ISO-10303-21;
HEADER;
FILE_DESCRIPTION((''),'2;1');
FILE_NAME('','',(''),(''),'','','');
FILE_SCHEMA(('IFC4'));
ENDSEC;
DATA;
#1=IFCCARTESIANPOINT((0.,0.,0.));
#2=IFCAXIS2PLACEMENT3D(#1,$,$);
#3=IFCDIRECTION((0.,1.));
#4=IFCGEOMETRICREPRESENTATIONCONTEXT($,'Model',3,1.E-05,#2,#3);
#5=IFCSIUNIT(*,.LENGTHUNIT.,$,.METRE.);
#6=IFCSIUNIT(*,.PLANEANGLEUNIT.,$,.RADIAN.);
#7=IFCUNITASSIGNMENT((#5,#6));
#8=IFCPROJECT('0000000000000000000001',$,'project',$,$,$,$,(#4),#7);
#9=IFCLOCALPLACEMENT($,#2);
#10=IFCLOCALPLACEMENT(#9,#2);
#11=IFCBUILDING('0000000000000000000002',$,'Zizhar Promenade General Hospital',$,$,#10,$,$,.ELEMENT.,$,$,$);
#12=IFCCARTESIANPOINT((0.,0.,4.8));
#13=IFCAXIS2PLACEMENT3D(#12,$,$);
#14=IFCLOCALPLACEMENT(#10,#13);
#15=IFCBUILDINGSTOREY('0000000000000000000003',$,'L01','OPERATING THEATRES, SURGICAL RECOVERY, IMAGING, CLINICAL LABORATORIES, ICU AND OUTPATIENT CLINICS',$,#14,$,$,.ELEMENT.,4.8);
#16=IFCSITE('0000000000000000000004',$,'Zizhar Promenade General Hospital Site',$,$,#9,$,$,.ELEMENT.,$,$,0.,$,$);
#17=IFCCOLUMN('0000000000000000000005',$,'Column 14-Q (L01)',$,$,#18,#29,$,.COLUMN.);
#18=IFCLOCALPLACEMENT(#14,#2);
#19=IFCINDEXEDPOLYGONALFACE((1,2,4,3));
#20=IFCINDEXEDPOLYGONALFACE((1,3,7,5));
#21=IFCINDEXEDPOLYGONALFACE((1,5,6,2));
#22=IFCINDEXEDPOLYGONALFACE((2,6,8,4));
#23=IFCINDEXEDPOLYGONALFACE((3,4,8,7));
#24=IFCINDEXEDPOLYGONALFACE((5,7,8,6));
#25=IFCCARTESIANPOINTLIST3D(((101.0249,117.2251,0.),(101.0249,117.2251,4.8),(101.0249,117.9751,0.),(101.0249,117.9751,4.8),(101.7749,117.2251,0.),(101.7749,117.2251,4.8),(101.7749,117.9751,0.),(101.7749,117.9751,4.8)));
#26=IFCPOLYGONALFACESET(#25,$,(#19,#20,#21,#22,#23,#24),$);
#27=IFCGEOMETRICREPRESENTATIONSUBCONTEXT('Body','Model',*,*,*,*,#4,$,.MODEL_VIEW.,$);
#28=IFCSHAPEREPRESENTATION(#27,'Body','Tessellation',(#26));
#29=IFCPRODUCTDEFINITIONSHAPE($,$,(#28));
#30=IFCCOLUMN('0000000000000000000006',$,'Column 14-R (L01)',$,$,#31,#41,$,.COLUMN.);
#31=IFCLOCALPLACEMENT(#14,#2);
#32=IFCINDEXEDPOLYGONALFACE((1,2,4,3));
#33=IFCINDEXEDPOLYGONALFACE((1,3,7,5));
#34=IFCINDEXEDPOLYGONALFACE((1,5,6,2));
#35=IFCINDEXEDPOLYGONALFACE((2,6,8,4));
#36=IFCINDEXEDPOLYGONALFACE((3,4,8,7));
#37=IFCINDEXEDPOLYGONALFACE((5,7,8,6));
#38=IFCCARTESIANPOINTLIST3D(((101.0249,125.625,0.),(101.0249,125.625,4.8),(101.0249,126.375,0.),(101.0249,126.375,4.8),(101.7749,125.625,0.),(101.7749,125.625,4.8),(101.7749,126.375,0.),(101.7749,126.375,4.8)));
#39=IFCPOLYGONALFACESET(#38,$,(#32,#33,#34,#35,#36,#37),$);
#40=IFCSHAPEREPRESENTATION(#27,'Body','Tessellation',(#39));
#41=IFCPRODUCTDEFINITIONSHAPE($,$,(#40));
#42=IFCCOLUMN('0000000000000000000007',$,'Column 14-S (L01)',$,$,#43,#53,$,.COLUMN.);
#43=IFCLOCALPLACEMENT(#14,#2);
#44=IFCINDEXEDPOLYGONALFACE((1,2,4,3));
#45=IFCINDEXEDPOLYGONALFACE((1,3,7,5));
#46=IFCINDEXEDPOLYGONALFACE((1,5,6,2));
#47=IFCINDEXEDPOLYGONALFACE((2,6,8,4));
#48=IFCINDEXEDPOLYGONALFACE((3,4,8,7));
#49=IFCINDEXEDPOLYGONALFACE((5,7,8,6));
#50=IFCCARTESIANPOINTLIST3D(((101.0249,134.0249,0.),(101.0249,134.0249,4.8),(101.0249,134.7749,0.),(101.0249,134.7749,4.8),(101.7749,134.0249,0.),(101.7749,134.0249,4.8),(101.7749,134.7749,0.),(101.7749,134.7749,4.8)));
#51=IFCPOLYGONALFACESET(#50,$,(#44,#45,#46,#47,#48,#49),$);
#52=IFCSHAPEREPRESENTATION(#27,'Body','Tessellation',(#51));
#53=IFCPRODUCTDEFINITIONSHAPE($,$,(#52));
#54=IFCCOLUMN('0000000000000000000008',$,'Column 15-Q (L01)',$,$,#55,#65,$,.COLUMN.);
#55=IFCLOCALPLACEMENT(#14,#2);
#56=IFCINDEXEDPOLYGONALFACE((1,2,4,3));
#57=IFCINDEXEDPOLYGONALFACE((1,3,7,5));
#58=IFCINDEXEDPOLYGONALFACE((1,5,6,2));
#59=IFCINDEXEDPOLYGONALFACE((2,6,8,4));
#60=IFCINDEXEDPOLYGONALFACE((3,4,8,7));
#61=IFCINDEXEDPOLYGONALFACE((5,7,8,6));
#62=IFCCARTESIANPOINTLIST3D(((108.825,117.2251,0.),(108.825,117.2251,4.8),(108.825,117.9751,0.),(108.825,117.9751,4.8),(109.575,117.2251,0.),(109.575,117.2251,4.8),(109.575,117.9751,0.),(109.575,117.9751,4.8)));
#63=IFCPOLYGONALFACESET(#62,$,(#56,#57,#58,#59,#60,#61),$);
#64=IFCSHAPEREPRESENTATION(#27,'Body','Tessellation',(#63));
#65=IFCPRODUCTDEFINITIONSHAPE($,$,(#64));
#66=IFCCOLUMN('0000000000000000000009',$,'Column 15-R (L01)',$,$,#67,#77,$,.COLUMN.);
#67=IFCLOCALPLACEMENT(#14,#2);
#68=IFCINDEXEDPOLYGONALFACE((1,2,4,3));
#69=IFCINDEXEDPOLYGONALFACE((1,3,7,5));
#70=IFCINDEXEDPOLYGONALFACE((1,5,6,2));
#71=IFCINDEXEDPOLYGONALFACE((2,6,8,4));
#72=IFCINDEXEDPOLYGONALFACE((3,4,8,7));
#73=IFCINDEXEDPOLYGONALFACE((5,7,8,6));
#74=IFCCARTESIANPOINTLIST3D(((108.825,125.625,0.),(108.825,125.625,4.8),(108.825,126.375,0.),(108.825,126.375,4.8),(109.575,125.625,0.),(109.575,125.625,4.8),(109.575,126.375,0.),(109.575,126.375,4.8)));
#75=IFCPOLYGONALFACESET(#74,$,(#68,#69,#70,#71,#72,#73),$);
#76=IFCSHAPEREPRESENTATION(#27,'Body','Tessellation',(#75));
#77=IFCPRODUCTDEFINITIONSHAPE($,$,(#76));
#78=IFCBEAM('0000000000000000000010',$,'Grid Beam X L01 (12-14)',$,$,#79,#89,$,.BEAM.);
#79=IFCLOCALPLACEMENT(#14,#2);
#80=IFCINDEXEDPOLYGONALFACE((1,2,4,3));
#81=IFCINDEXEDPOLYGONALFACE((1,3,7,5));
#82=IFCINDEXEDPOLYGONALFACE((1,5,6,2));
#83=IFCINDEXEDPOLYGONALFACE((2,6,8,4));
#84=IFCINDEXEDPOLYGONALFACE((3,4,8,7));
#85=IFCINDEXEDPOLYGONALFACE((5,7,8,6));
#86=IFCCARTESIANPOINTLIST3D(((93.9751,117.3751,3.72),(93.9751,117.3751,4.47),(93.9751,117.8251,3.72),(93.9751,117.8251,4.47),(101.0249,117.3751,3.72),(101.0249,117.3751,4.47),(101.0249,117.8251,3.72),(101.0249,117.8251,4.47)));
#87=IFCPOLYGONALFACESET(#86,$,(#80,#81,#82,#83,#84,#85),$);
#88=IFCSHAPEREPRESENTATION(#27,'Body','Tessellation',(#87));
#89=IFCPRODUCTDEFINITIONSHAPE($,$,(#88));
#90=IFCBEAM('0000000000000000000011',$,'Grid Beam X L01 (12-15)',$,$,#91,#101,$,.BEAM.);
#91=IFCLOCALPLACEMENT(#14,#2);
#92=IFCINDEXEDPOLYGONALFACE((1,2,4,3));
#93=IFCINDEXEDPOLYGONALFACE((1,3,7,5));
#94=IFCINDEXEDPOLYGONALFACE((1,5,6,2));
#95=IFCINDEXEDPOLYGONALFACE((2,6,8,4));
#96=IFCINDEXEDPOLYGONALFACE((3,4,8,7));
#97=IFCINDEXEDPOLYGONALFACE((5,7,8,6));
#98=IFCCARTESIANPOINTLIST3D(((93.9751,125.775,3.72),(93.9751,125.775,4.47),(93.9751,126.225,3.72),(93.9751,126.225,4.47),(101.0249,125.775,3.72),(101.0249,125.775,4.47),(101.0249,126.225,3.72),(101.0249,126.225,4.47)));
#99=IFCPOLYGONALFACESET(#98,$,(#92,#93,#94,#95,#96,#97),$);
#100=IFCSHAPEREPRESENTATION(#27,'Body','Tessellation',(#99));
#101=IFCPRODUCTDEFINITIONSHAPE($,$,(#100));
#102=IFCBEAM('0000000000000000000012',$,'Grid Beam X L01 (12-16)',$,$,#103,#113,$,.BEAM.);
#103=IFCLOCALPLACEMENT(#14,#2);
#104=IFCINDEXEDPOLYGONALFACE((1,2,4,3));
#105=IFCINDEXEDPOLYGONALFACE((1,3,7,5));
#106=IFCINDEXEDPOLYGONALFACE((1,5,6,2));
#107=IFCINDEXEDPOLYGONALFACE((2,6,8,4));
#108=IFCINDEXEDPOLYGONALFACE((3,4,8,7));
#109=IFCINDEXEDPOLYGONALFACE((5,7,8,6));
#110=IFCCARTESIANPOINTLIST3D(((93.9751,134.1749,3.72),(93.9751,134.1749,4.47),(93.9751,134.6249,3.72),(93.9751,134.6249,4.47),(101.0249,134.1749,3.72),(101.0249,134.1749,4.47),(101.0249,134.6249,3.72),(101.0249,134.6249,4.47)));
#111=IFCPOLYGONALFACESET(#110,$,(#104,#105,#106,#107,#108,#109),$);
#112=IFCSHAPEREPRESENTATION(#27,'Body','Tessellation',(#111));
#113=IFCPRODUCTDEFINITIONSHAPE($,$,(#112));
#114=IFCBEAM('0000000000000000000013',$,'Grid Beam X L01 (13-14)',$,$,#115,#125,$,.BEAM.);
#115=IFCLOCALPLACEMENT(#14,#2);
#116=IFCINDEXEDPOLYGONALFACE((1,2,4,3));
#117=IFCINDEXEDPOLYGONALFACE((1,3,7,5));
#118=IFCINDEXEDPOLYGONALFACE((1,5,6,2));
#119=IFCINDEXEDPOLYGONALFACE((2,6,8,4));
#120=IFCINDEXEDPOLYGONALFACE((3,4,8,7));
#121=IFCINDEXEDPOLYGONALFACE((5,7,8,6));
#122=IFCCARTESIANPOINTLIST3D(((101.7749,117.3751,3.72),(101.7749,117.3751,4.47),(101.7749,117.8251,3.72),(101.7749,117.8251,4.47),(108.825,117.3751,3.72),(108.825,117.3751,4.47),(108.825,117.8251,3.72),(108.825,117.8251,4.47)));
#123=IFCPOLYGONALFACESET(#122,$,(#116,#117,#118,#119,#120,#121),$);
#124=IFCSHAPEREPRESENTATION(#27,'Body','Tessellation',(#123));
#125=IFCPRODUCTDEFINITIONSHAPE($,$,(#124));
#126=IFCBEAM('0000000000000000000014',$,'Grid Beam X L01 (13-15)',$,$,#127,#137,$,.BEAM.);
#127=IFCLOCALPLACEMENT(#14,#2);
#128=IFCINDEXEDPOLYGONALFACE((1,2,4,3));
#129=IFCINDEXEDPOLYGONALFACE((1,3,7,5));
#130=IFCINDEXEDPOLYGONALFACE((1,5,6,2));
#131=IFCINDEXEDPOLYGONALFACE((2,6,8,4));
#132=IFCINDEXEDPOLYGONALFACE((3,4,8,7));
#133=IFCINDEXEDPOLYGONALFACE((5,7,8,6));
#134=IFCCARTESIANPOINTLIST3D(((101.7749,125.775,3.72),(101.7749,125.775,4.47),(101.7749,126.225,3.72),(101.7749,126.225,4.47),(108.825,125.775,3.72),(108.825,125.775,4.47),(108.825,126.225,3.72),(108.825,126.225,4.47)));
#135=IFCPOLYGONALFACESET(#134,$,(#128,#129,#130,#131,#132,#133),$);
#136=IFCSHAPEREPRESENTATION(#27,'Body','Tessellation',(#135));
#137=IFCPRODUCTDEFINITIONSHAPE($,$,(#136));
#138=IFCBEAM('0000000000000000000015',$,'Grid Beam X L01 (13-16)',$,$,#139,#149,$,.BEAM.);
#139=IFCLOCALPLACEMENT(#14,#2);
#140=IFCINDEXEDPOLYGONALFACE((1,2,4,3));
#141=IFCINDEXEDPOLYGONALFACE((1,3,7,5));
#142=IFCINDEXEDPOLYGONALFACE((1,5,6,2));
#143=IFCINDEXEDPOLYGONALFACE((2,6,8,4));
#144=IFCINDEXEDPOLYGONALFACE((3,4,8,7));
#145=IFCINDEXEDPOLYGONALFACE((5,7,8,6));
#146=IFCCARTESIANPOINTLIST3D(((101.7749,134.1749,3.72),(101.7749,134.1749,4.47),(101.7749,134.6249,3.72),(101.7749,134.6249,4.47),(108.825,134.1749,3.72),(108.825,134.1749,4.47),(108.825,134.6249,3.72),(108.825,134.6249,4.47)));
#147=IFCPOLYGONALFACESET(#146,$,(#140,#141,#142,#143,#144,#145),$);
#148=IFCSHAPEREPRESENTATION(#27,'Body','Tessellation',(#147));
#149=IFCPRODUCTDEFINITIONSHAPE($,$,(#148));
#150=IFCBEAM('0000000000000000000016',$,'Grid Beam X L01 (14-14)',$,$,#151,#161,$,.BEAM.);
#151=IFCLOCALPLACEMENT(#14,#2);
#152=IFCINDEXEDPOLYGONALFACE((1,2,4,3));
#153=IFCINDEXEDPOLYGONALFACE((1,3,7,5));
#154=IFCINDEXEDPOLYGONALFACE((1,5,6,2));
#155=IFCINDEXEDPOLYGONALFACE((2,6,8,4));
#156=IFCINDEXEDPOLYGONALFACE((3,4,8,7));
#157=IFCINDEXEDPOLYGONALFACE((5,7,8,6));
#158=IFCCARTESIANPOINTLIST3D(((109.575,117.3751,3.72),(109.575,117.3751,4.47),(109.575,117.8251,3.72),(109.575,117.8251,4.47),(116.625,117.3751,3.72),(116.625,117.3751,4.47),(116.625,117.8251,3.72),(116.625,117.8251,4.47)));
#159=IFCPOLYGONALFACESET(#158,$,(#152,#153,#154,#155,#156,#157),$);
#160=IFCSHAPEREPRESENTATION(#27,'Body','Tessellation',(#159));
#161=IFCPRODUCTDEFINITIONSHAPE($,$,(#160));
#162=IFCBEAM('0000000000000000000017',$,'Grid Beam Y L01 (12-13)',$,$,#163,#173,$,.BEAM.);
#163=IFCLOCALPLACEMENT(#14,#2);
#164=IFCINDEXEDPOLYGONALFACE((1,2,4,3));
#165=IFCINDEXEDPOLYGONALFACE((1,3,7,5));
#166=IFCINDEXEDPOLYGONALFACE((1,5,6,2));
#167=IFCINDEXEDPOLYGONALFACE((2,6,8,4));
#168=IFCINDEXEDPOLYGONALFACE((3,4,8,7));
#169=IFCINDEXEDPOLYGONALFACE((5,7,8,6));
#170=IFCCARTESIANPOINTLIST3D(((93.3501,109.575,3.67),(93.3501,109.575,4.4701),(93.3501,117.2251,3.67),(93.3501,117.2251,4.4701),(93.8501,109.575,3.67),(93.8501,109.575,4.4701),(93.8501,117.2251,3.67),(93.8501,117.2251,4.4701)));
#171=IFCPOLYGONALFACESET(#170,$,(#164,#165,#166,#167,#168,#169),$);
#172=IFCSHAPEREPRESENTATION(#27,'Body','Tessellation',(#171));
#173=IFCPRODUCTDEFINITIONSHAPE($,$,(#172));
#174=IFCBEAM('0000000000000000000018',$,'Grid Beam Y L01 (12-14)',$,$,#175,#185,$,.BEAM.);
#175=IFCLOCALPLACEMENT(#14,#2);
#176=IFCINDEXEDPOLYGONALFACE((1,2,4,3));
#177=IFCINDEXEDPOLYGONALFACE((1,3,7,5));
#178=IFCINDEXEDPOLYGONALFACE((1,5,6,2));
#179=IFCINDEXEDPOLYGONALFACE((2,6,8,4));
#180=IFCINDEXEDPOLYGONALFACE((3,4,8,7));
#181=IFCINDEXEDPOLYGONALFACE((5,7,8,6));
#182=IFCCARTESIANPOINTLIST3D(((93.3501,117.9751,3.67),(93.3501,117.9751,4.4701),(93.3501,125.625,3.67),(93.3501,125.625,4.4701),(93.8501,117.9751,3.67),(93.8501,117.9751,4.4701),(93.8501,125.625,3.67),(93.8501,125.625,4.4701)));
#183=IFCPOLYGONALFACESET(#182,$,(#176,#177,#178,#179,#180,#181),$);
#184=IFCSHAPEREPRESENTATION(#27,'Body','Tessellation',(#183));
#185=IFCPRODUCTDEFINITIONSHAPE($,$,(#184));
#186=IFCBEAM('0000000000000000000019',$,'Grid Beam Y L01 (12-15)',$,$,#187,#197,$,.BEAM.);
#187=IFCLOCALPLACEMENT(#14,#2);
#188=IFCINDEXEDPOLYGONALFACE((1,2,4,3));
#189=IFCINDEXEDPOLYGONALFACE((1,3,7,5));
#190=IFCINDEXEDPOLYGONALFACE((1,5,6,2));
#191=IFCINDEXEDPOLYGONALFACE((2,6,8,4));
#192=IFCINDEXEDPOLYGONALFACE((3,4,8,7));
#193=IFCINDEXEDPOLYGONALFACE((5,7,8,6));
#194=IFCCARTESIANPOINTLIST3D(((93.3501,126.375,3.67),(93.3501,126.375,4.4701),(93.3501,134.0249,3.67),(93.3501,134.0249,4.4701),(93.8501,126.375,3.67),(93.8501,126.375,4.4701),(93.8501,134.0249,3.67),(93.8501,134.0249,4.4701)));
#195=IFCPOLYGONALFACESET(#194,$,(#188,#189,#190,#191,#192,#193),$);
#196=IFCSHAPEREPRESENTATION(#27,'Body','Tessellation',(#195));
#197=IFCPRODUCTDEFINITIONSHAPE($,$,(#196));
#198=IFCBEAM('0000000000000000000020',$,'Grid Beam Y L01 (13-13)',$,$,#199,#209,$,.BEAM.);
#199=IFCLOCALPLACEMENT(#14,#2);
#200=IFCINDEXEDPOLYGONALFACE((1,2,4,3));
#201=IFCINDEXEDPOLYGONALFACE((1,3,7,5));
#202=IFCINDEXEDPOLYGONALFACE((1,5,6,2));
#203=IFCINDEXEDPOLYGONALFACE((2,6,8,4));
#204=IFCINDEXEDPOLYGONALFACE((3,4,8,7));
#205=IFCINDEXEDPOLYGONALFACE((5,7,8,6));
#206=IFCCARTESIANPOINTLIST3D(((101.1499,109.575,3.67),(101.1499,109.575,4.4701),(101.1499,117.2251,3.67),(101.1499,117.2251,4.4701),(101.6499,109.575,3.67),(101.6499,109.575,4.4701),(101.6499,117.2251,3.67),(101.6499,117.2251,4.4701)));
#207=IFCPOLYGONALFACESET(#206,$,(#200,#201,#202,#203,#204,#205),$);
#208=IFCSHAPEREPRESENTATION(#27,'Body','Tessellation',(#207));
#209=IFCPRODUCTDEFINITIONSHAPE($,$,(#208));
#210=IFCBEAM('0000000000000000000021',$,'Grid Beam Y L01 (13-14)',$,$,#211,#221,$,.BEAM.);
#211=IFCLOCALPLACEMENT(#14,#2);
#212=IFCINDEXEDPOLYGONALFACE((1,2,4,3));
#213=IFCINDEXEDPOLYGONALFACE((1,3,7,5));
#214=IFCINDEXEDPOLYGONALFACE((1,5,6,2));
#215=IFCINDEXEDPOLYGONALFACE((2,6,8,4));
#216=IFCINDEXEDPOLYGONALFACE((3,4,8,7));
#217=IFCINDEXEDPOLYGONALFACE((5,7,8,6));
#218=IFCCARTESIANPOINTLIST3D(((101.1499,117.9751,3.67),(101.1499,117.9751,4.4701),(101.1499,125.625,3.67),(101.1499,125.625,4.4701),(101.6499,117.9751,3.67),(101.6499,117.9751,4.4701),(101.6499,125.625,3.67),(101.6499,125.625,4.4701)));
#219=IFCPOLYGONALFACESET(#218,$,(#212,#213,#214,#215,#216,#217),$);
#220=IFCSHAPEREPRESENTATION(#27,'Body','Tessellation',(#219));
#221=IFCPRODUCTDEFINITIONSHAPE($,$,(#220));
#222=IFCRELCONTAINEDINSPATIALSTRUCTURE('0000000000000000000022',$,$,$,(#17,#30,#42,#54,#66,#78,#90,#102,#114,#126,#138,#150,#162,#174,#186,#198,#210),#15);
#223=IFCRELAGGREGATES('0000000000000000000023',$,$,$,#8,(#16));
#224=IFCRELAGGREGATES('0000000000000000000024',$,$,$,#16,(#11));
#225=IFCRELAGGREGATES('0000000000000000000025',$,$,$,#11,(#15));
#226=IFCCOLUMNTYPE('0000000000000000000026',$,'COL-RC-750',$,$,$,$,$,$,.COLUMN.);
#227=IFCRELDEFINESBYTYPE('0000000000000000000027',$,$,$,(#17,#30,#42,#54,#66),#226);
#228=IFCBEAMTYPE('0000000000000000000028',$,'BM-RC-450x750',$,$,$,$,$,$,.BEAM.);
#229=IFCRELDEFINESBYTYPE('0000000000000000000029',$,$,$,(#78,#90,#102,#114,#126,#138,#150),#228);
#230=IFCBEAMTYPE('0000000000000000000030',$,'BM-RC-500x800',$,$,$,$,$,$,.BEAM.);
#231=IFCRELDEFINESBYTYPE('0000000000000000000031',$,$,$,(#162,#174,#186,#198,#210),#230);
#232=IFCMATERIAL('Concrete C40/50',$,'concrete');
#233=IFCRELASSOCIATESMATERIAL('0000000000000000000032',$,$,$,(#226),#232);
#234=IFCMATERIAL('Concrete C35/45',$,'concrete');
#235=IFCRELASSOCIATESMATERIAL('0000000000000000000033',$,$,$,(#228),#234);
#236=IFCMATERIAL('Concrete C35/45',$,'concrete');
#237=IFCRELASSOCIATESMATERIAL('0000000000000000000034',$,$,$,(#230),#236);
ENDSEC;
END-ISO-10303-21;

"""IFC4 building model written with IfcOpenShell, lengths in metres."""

from ifc_helpers import new_model, si_unit, direction, frame, origin, origin_2d, place, context, subcontext, project, spatial, rectangle, extrude, material, material_profile, profile_set, type_object, element, save


model = new_model("IFC4")

# Units and contexts
model_context = context("Model", 3, precision=1e-05, world=origin(), true_north=direction((0.0, 1.0)))
body_context = subcontext(model_context, "Body", "Model", "MODEL_VIEW")
ifc_project = project(units=[si_unit("LENGTHUNIT", "METRE"), si_unit("PLANEANGLEUNIT", "RADIAN")], contexts=[model_context])

# Site, building, storey
site_placement = place(None, origin())
site = spatial("IfcSite", under=ifc_project, at=site_placement, Name="Zizhar Promenade General Hospital Site", CompositionType="ELEMENT", RefElevation=0.0)
building_placement = place(site_placement, origin())
building = spatial("IfcBuilding", under=site, at=building_placement, Name="Zizhar Promenade General Hospital", CompositionType="ELEMENT")
storey_placement = place(building_placement, frame((0.0, 0.0, 4.8)))
storey = spatial("IfcBuildingStorey", under=building, at=storey_placement, Name="L01", Description="OPERATING THEATRES, SURGICAL RECOVERY, IMAGING, CLINICAL LABORATORIES, ICU AND OUTPATIENT CLINICS", CompositionType="ELEMENT", Elevation=4.8)

# Columns
ifc_material_1 = material(Name="Concrete C40/50", Category="concrete")
ifc_material_profile_1 = material_profile(ifc_material_1, rectangle(XDim=0.75, YDim=0.75, at=origin_2d()))
ifc_profile_set_1 = profile_set([ifc_material_profile_1], Name="Concrete C40/50")
column_type = type_object("IfcColumnType", Name="COL-RC-750", PredefinedType="COLUMN", material=ifc_profile_set_1)
for number, where, z_axis, x_axis, name in (
    (1, (101.3999, 117.6001, 0.0), (0.0, 0.0, 1.0), (1.0, 0.0, 0.0), "Column 14-Q (L01)"),
    (2, (101.3999, 126.0, 0.0), (0.0, 0.0, 1.0), (1.0, 0.0, 0.0), "Column 14-R (L01)"),
    (3, (101.3999, 134.3999, 0.0), (0.0, 0.0, 1.0), (1.0, 0.0, 0.0), "Column 14-S (L01)"),
    (4, (109.2, 117.6001, 0.0), (0.0, 0.0, 1.0), (1.0, 0.0, 0.0), "Column 15-Q (L01)"),
    (5, (109.2, 126.0, 0.0), (0.0, 0.0, 1.0), (1.0, 0.0, 0.0), "Column 15-R (L01)"),
):
    element("IfcColumn", number, at=place(storey_placement, frame(where, z_axis=z_axis, x_axis=x_axis)), inside=storey, type_object=column_type, Name=name, PredefinedType="COLUMN", context=body_context, shape_type="SweptSolid", body=[
        extrude(rectangle(XDim=0.75, YDim=0.75, at=origin_2d()), origin(), (0.0, 0.0, 1.0), 4.8),
    ])

# Beams
ifc_material_2 = material(Name="Concrete C35/45", Category="concrete")
ifc_material_profile_2 = material_profile(ifc_material_2, rectangle(XDim=0.45, YDim=0.75, at=origin_2d()))
ifc_profile_set_2 = profile_set([ifc_material_profile_2], Name="Concrete C35/45")
beam_type_1 = type_object("IfcBeamType", Name="BM-RC-450x750", PredefinedType="BEAM", material=ifc_profile_set_2)
for number, where, z_axis, x_axis, name in (
    (6, (93.9751, 117.6001, 4.095), (1.0, 0.0, 0.0), (0.0, 1.0, 0.0), "Grid Beam X L01 (12-14)"),
    (7, (93.9751, 126.0, 4.095), (1.0, 0.0, 0.0), (0.0, 1.0, 0.0), "Grid Beam X L01 (12-15)"),
    (8, (93.9751, 134.3999, 4.095), (1.0, 0.0, 0.0), (0.0, 1.0, 0.0), "Grid Beam X L01 (12-16)"),
):
    element("IfcBeam", number, at=place(storey_placement, frame(where, z_axis=z_axis, x_axis=x_axis)), inside=storey, type_object=beam_type_1, Name=name, PredefinedType="BEAM", context=body_context, shape_type="SweptSolid", body=[
        extrude(rectangle(XDim=0.45, YDim=0.75, at=origin_2d()), origin(), (0.0, 0.0, 1.0), 7.0498),
    ])
for number, where, z_axis, x_axis, name in (
    (9, (101.7749, 117.6001, 4.095), (1.0, 0.0, 0.0), (0.0, 1.0, 0.0), "Grid Beam X L01 (13-14)"),
    (10, (101.7749, 126.0, 4.095), (1.0, 0.0, 0.0), (0.0, 1.0, 0.0), "Grid Beam X L01 (13-15)"),
    (11, (101.7749, 134.3999, 4.095), (1.0, 0.0, 0.0), (0.0, 1.0, 0.0), "Grid Beam X L01 (13-16)"),
    (12, (109.575, 117.6001, 4.095), (1.0, 0.0, 0.0), (0.0, 1.0, 0.0), "Grid Beam X L01 (14-14)"),
):
    element("IfcBeam", number, at=place(storey_placement, frame(where, z_axis=z_axis, x_axis=x_axis)), inside=storey, type_object=beam_type_1, Name=name, PredefinedType="BEAM", context=body_context, shape_type="SweptSolid", body=[
        extrude(rectangle(XDim=0.45, YDim=0.75, at=origin_2d()), origin(), (0.0, 0.0, 1.0), 7.05),
    ])
ifc_material_3 = material(Name="Concrete C35/45", Category="concrete")
ifc_material_profile_3 = material_profile(ifc_material_3, rectangle(XDim=0.5, YDim=0.8, at=origin_2d()))
ifc_profile_set_3 = profile_set([ifc_material_profile_3], Name="Concrete C35/45")
beam_type_2 = type_object("IfcBeamType", Name="BM-RC-500x800", PredefinedType="BEAM", material=ifc_profile_set_3)
beam_1_placement = place(storey_placement, frame((93.6001, 109.575, 4.0701), z_axis=(0.0, 1.0, 0.0), x_axis=(-1.0, 0.0, 0.0)))
element("IfcBeam", 13, at=beam_1_placement, inside=storey, type_object=beam_type_2, Name="Grid Beam Y L01 (12-13)", PredefinedType="BEAM", context=body_context, shape_type="SweptSolid", body=[
    extrude(rectangle(XDim=0.5, YDim=0.8, at=origin_2d()), origin(), (0.0, 0.0, 1.0), 7.6501),
])
for number, where, z_axis, x_axis, name in (
    (14, (93.6001, 117.9751, 4.0701), (0.0, 1.0, 0.0), (-1.0, 0.0, 0.0), "Grid Beam Y L01 (12-14)"),
    (15, (93.6001, 126.375, 4.0701), (0.0, 1.0, 0.0), (-1.0, 0.0, 0.0), "Grid Beam Y L01 (12-15)"),
):
    element("IfcBeam", number, at=place(storey_placement, frame(where, z_axis=z_axis, x_axis=x_axis)), inside=storey, type_object=beam_type_2, Name=name, PredefinedType="BEAM", context=body_context, shape_type="SweptSolid", body=[
        extrude(rectangle(XDim=0.5, YDim=0.8, at=origin_2d()), origin(), (0.0, 0.0, 1.0), 7.6499),
    ])
beam_2_placement = place(storey_placement, frame((101.3999, 109.575, 4.0701), z_axis=(0.0, 1.0, 0.0), x_axis=(-1.0, 0.0, 0.0)))
element("IfcBeam", 16, at=beam_2_placement, inside=storey, type_object=beam_type_2, Name="Grid Beam Y L01 (13-13)", PredefinedType="BEAM", context=body_context, shape_type="SweptSolid", body=[
    extrude(rectangle(XDim=0.5, YDim=0.8, at=origin_2d()), origin(), (0.0, 0.0, 1.0), 7.6501),
])
for number, where, z_axis, x_axis, name in (
    (17, (101.3999, 117.9751, 4.0701), (0.0, 1.0, 0.0), (-1.0, 0.0, 0.0), "Grid Beam Y L01 (13-14)"),
):
    element("IfcBeam", number, at=place(storey_placement, frame(where, z_axis=z_axis, x_axis=x_axis)), inside=storey, type_object=beam_type_2, Name=name, PredefinedType="BEAM", context=body_context, shape_type="SweptSolid", body=[
        extrude(rectangle(XDim=0.5, YDim=0.8, at=origin_2d()), origin(), (0.0, 0.0, 1.0), 7.6499),
    ])

save(model, "model.ifc")
